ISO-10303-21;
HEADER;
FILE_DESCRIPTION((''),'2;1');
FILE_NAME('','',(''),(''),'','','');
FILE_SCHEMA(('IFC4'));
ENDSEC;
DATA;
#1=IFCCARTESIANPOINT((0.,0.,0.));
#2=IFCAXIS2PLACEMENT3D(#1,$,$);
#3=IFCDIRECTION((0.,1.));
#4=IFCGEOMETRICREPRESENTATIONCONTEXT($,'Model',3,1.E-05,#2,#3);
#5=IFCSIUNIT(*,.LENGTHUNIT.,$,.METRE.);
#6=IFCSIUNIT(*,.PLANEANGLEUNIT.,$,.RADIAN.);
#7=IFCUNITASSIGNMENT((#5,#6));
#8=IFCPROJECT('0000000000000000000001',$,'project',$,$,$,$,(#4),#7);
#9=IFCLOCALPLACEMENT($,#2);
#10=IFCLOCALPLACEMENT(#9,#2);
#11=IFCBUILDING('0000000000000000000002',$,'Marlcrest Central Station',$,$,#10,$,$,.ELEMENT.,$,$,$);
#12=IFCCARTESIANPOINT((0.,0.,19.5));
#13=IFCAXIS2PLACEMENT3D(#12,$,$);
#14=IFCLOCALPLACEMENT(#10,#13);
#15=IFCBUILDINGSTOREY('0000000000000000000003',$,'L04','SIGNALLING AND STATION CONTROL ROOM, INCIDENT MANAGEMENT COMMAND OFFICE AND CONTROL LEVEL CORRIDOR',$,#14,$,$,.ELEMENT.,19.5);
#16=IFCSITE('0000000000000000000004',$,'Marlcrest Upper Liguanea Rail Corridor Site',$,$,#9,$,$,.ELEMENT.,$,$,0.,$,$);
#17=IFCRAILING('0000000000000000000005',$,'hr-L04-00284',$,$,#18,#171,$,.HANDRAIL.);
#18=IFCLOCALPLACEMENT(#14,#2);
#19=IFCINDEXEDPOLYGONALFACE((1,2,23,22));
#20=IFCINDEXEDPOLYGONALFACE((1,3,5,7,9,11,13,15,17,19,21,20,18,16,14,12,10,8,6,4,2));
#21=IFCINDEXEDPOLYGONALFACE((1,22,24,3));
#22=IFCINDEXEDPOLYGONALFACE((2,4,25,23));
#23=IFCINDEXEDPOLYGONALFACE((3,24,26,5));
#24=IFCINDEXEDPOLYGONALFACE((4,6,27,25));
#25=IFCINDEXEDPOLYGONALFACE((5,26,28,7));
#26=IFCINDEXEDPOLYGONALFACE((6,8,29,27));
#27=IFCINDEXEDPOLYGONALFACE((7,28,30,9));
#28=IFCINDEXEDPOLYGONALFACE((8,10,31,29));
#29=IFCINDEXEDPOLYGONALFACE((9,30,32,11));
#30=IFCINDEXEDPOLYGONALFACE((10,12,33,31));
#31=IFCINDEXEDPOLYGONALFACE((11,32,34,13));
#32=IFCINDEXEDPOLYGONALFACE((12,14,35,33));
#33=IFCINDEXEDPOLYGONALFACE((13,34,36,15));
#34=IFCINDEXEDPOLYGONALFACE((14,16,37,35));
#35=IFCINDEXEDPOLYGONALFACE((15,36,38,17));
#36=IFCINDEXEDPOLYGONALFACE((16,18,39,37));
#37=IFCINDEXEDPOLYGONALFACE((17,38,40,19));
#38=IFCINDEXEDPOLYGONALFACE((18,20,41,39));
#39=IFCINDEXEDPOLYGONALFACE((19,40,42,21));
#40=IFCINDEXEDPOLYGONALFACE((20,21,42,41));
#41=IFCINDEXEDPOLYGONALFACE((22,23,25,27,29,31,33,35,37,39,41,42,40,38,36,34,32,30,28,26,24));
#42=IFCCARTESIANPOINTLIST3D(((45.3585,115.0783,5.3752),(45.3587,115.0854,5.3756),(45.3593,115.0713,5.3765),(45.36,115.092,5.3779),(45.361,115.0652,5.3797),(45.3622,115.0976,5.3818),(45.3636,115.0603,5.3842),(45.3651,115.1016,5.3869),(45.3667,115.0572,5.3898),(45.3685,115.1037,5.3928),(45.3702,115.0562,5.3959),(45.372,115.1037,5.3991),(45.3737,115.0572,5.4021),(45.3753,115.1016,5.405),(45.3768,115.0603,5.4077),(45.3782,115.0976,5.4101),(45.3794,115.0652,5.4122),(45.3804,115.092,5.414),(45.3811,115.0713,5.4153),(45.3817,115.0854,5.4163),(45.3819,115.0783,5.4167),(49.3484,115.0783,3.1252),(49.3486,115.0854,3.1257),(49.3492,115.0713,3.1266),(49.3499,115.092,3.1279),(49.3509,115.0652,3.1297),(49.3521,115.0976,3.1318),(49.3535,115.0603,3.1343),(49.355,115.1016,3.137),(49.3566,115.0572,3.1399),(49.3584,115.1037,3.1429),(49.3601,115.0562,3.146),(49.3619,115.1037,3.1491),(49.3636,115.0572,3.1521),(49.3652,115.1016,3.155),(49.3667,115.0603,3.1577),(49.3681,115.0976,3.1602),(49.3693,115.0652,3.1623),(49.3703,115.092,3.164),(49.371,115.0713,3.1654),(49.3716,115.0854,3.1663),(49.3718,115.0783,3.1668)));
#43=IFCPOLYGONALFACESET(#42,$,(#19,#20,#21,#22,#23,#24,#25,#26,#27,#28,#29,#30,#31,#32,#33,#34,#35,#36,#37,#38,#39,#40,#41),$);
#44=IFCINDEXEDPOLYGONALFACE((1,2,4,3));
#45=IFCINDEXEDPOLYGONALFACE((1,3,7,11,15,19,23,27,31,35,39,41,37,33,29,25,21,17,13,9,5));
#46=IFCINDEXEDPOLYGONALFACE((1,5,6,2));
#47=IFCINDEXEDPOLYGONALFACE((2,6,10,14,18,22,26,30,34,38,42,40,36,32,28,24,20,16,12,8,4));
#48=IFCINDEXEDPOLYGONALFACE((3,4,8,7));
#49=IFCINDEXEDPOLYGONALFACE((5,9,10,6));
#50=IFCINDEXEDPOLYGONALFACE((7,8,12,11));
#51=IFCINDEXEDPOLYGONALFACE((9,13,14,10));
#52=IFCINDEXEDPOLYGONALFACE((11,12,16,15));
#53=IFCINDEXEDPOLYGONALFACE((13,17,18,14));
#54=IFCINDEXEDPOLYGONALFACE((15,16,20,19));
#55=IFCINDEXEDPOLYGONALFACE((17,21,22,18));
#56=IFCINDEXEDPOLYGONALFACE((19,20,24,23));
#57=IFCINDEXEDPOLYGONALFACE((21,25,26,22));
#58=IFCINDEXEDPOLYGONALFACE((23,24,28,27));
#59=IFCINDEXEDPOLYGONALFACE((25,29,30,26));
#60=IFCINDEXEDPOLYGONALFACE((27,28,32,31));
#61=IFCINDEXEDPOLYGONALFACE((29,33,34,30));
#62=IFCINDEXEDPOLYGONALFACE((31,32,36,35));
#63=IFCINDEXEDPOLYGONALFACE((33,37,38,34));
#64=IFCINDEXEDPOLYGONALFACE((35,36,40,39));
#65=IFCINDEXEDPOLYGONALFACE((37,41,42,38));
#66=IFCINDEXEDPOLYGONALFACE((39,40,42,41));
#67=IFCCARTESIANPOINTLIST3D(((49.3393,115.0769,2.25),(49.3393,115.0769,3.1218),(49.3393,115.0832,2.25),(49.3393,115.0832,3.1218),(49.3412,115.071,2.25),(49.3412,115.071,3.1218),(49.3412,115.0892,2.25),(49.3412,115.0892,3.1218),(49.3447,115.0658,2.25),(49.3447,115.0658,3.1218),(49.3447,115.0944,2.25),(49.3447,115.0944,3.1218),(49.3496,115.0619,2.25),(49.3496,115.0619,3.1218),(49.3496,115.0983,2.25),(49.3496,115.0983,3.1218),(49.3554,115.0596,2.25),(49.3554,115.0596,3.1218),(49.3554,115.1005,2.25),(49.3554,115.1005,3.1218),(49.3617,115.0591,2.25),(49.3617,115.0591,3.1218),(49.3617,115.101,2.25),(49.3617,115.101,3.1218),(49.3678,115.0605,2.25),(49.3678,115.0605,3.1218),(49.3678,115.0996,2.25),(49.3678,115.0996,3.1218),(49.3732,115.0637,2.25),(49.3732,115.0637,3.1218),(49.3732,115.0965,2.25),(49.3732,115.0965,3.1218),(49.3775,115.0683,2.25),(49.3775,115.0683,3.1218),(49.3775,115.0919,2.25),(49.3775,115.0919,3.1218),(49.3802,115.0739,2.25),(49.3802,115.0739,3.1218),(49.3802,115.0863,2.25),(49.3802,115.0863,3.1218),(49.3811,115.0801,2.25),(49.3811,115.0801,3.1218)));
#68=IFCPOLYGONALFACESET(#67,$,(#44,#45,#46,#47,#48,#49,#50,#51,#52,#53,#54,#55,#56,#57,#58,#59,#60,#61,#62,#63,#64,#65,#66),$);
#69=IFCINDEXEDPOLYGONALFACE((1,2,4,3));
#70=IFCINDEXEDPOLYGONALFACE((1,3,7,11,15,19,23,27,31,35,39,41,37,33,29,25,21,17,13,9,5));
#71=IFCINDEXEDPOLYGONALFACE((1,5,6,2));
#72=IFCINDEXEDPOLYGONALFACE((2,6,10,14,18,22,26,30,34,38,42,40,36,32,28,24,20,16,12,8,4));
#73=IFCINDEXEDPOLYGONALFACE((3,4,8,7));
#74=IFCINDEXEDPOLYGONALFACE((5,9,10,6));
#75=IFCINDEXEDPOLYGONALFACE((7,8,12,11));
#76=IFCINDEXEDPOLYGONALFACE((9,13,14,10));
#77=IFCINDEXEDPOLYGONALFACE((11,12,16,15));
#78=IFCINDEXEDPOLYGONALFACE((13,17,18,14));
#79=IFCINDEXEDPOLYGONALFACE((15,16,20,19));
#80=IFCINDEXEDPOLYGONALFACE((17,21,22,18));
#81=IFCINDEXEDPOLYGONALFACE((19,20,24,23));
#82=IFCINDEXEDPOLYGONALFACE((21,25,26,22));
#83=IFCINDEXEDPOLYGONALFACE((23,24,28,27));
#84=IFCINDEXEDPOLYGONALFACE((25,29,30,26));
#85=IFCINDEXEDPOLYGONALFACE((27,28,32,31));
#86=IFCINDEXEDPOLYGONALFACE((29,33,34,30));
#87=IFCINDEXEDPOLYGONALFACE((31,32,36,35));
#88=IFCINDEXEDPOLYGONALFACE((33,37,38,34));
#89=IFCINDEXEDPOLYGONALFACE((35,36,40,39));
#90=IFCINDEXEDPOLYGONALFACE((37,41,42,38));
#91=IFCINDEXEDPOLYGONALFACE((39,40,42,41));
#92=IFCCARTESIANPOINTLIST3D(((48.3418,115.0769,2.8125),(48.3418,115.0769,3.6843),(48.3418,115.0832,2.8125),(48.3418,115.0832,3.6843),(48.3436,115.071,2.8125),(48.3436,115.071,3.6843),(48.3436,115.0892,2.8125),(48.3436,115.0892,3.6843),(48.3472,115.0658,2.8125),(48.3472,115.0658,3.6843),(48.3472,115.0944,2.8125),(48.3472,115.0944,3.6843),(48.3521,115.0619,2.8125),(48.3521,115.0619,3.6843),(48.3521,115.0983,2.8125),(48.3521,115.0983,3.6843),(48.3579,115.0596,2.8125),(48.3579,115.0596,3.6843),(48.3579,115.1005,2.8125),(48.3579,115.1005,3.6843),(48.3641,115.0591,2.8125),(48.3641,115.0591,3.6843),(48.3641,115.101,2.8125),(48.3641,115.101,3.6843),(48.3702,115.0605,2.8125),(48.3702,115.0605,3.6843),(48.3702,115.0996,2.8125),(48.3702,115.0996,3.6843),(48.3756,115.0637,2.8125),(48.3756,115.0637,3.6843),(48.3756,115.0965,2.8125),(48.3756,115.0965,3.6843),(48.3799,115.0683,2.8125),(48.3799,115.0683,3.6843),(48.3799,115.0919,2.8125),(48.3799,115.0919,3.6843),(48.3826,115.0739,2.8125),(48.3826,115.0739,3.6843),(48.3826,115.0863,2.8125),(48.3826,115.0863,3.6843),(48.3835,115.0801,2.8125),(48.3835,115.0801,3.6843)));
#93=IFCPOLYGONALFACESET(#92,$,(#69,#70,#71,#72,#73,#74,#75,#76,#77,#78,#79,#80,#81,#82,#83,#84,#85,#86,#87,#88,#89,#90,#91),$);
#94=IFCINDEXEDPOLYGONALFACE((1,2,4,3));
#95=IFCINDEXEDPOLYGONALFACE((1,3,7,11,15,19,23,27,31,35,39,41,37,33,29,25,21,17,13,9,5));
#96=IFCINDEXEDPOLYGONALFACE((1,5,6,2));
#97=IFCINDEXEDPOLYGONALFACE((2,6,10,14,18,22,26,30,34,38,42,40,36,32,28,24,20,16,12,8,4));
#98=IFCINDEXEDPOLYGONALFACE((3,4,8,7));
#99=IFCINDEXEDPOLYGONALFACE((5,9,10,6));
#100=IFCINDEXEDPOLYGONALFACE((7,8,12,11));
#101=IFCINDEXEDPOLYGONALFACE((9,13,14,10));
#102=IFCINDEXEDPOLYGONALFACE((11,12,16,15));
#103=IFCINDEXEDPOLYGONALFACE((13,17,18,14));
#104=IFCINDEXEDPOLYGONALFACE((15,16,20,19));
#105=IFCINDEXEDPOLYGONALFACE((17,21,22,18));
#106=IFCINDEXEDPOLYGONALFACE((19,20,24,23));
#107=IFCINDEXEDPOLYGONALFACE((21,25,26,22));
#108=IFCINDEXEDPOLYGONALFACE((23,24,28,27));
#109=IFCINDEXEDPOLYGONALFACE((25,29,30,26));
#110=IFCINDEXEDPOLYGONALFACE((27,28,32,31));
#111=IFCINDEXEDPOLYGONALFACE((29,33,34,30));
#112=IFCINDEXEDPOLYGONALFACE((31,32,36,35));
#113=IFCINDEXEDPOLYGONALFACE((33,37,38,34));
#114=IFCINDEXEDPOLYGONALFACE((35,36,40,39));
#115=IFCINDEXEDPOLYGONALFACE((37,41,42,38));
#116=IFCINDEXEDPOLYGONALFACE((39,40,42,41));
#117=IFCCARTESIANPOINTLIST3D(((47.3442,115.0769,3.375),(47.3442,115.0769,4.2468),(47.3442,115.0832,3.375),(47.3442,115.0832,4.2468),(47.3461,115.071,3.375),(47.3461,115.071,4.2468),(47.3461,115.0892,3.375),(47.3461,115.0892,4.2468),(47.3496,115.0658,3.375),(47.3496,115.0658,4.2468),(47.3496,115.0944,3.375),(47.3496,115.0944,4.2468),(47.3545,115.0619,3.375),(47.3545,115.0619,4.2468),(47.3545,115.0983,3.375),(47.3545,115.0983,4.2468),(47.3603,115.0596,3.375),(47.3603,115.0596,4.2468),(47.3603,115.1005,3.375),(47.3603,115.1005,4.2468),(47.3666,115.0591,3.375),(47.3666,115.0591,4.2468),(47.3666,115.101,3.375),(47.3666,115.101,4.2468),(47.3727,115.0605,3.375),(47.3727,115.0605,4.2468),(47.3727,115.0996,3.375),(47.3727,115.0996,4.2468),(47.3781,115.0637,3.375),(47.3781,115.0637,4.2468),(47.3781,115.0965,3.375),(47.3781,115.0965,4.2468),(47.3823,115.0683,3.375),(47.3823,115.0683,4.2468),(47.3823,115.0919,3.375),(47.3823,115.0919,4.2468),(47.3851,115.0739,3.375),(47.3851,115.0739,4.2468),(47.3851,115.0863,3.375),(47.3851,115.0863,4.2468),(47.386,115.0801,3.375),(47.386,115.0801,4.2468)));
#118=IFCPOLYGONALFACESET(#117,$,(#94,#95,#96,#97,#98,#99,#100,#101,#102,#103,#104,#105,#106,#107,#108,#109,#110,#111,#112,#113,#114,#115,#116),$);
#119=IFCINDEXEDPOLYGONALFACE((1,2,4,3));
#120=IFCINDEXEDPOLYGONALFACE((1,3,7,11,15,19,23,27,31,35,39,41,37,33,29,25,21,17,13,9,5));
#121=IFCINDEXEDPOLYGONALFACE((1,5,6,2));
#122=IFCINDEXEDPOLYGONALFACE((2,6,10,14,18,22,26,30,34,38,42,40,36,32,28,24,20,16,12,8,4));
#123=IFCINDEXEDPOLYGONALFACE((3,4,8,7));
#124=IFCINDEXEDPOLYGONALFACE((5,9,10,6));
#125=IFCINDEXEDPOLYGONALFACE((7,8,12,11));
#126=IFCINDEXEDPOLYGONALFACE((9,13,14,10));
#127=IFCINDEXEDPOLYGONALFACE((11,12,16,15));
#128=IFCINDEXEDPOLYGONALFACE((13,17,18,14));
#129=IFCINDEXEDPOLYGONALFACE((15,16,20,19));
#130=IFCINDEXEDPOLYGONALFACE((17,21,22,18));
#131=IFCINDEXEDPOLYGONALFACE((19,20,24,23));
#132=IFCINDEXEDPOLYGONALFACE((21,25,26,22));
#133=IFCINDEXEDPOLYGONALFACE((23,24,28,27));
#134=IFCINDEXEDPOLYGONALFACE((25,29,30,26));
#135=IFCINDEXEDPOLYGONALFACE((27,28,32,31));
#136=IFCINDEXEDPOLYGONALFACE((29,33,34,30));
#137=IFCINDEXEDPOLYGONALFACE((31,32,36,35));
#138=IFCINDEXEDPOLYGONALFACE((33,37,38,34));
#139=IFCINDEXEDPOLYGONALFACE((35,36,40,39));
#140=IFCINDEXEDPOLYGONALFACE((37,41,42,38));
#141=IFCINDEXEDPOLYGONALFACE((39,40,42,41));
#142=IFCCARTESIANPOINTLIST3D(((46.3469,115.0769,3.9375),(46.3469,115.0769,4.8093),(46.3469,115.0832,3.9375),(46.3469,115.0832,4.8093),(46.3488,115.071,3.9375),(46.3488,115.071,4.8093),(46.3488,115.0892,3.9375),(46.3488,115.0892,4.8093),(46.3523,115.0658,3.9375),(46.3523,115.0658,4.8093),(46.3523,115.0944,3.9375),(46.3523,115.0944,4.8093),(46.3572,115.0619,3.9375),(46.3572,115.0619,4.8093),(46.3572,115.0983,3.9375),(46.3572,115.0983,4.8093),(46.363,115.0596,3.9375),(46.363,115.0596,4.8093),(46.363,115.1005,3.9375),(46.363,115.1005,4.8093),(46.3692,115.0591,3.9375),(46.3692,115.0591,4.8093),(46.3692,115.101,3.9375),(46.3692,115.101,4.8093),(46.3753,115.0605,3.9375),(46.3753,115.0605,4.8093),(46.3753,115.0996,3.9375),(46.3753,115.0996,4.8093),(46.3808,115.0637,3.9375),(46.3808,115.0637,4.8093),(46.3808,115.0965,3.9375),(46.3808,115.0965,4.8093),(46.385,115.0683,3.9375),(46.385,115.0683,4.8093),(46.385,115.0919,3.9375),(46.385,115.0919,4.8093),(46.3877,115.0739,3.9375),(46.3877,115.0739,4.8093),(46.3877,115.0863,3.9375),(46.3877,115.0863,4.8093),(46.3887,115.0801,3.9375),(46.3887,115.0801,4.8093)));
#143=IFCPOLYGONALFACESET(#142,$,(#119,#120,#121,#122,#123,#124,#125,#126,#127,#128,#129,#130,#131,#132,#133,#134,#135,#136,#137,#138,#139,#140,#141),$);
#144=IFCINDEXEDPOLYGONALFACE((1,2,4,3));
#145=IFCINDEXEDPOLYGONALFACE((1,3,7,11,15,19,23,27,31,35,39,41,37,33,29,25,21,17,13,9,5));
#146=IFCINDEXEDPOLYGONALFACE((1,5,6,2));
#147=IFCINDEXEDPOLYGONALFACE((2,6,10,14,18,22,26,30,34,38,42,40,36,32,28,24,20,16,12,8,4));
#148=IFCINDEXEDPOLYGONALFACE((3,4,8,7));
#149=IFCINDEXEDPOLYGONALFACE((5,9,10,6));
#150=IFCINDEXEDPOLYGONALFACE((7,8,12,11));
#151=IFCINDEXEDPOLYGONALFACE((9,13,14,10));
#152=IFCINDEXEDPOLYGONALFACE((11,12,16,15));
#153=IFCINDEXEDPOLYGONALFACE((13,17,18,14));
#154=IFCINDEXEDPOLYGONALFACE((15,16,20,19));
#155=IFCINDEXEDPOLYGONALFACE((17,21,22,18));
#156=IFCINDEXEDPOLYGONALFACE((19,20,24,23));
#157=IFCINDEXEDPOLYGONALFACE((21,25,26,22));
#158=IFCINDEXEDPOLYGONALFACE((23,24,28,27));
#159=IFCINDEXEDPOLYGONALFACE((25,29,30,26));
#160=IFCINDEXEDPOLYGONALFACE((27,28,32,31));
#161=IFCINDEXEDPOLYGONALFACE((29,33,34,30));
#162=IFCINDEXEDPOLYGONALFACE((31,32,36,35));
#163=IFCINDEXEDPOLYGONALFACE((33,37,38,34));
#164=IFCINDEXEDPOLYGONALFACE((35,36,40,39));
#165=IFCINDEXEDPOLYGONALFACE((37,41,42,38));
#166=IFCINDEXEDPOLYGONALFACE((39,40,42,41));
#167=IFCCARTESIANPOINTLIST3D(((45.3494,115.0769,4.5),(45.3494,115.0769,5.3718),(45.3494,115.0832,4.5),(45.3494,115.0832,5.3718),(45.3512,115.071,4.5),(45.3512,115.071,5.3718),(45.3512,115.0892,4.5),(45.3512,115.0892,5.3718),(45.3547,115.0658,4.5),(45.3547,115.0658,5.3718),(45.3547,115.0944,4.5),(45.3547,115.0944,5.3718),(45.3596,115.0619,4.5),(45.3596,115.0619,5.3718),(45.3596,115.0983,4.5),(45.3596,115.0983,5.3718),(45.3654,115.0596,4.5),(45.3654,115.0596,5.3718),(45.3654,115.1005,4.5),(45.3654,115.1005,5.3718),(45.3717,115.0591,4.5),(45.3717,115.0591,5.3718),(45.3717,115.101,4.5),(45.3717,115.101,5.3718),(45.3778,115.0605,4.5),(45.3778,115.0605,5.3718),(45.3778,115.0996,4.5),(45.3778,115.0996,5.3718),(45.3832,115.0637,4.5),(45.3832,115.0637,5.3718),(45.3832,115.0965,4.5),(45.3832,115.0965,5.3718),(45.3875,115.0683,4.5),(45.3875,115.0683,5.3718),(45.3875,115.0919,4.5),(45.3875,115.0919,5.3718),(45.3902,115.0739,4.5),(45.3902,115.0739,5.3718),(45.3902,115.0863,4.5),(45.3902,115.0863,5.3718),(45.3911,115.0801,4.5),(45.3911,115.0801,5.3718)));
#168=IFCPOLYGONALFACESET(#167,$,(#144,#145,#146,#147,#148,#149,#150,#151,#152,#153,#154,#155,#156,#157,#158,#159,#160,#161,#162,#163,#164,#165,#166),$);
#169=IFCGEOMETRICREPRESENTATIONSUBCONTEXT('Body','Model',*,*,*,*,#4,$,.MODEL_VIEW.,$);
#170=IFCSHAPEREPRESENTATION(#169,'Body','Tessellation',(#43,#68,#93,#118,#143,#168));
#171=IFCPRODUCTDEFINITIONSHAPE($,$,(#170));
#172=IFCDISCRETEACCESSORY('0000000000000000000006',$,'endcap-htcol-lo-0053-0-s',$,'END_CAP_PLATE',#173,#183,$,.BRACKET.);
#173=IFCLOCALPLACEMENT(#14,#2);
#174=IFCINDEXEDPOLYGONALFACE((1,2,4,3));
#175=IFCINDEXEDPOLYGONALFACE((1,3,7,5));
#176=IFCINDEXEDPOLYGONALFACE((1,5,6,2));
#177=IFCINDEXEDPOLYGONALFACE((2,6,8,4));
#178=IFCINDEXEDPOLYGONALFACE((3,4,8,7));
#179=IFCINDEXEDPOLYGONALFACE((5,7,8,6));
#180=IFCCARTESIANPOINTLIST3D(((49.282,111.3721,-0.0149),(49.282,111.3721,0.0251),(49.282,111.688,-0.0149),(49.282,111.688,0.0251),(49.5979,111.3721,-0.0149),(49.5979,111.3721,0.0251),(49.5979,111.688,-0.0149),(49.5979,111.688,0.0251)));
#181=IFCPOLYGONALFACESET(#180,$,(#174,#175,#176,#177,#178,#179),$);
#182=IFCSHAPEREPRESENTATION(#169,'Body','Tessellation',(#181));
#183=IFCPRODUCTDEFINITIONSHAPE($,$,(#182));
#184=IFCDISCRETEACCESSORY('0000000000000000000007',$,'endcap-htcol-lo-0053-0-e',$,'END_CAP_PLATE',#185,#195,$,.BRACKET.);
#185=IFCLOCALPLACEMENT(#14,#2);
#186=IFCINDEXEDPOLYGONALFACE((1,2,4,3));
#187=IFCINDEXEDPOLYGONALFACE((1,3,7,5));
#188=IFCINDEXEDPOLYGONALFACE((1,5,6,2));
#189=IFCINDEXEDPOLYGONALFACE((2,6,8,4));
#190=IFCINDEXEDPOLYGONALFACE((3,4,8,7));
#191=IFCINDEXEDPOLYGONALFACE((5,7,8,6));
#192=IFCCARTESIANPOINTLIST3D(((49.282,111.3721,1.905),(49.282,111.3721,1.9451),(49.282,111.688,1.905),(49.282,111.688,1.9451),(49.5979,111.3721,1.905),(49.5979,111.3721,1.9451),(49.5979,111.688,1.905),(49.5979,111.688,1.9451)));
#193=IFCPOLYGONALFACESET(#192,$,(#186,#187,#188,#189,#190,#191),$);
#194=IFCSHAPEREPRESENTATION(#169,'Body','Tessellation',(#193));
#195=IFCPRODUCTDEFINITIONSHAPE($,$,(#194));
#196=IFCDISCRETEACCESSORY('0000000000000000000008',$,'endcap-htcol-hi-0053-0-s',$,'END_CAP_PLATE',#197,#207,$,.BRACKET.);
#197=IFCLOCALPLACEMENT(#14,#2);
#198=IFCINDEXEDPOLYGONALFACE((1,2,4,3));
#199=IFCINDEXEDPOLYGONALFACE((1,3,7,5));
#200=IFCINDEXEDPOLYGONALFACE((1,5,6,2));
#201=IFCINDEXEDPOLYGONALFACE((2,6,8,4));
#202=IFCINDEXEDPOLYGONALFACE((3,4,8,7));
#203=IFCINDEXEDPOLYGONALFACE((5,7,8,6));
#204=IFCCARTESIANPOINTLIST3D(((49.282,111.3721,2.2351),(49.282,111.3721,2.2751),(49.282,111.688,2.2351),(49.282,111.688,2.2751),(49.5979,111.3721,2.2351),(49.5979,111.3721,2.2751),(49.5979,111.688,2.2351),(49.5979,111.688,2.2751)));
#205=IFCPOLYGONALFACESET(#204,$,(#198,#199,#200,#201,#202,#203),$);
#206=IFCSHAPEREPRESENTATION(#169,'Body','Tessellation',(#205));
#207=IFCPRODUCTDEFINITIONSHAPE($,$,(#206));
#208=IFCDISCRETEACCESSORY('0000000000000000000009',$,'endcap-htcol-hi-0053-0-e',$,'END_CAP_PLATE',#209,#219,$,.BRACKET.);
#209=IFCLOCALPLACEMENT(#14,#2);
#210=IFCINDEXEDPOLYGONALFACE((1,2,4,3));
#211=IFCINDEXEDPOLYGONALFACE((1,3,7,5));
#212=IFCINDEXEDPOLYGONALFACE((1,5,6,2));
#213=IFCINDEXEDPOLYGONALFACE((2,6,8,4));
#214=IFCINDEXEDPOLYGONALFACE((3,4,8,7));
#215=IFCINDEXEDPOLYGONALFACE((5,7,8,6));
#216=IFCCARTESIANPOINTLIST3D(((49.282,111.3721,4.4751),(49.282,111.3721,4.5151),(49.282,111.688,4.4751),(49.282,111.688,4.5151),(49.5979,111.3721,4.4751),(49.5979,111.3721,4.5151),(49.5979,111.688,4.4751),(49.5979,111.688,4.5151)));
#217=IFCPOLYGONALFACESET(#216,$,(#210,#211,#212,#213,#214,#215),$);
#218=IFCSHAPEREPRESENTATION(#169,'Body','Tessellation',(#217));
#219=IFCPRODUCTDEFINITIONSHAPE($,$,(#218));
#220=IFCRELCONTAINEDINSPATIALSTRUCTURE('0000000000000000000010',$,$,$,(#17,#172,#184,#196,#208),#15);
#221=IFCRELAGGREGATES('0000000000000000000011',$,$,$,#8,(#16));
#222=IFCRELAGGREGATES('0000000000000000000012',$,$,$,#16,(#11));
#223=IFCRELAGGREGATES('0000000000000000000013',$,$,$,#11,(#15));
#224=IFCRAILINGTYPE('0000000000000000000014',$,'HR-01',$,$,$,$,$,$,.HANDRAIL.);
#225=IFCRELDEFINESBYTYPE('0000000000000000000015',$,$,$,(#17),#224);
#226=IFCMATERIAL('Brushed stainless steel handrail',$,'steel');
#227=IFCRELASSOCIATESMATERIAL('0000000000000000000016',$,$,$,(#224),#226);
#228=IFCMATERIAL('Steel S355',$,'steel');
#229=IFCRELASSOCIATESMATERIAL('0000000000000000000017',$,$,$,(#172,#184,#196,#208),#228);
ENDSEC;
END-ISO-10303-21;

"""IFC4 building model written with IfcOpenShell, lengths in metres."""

from ifc_helpers import new_model, si_unit, direction, frame, origin, origin_2d, place, context, subcontext, project, spatial, rectangle, circle, extrude, material, type_object, element, save


model = new_model("IFC4")

# Units and contexts
model_context = context("Model", 3, precision=1e-05, world=origin(), true_north=direction((0.0, 1.0)))
body_context = subcontext(model_context, "Body", "Model", "MODEL_VIEW")
ifc_project = project(units=[si_unit("LENGTHUNIT", "METRE"), si_unit("PLANEANGLEUNIT", "RADIAN")], contexts=[model_context])

# Site, building, storey
site_placement = place(None, origin())
site = spatial("IfcSite", under=ifc_project, at=site_placement, Name="Marlcrest Upper Liguanea Rail Corridor Site", CompositionType="ELEMENT", RefElevation=0.0)
building_placement = place(site_placement, origin())
building = spatial("IfcBuilding", under=site, at=building_placement, Name="Marlcrest Central Station", CompositionType="ELEMENT")
storey_placement = place(building_placement, frame((0.0, 0.0, 19.5)))
storey = spatial("IfcBuildingStorey", under=building, at=storey_placement, Name="L04", Description="SIGNALLING AND STATION CONTROL ROOM, INCIDENT MANAGEMENT COMMAND OFFICE AND CONTROL LEVEL CORRIDOR", CompositionType="ELEMENT", Elevation=19.5)

# Shared definitions
ifc_material_1 = material(Name="Steel S355", Category="steel")

# Railing
ifc_material_2 = material(Name="Brushed stainless steel handrail", Category="steel")
railing_type_1 = type_object("IfcRailingType", Name="HR-01", PredefinedType="HANDRAIL", material=ifc_material_2)
railing_1_placement = place(storey_placement, frame((49.3601, 115.0801, 2.25)))
element("IfcRailing", 1, at=railing_1_placement, inside=storey, type_object=railing_type_1, Name="hr-L04-00284", PredefinedType="HANDRAIL", context=body_context, shape_type="SweptSolid", body=[
    extrude(circle(Radius=0.0239, at=origin_2d()), frame((0.0, 0.0, 0.896), z_axis=(-0.87105, 0.0, 0.491195), x_axis=(0.0, -1.0, 0.0)), (0.0, 0.0, 1.0), 4.5806),
    extrude(circle(Radius=0.021, at=origin_2d()), origin(), (0.0, 0.0, 1.0), 0.8718),
    extrude(circle(Radius=0.021, at=origin_2d()), frame((-0.9976, 0.0, 0.5625)), (0.0, 0.0, 1.0), 0.8718),
    extrude(circle(Radius=0.021, at=origin_2d()), frame((-1.9951, 0.0, 1.125)), (0.0, 0.0, 1.0), 0.8718),
    extrude(circle(Radius=0.021, at=origin_2d()), frame((-2.9924, 0.0, 1.6875)), (0.0, 0.0, 1.0), 0.8718),
    extrude(circle(Radius=0.021, at=origin_2d()), frame((-3.99, 0.0, 2.25)), (0.0, 0.0, 1.0), 0.8718),
])

# Discrete accessories
for number, where, z_axis, x_axis, name in (
    (2, (49.4399, 111.53, -0.0149), (0.0, 0.0, 1.0), (1.0, 0.0, 0.0), "endcap-htcol-lo-0053-0-s"),
    (3, (49.4399, 111.53, 1.905), (0.0, 0.0, 1.0), (1.0, 0.0, 0.0), "endcap-htcol-lo-0053-0-e"),
    (4, (49.4399, 111.53, 2.2351), (0.0, 0.0, 1.0), (1.0, 0.0, 0.0), "endcap-htcol-hi-0053-0-s"),
    (5, (49.4399, 111.53, 4.4751), (0.0, 0.0, 1.0), (1.0, 0.0, 0.0), "endcap-htcol-hi-0053-0-e"),
):
    element("IfcDiscreteAccessory", number, at=place(storey_placement, frame(where, z_axis=z_axis, x_axis=x_axis)), inside=storey, material=ifc_material_1, Name=name, ObjectType="END_CAP_PLATE", PredefinedType="BRACKET", context=body_context, shape_type="SweptSolid", body=[
        extrude(rectangle(XDim=0.3159, YDim=0.3159, at=origin_2d()), origin(), (0.0, 0.0, 1.0), 0.04),
    ])

save(model, "model.ifc")
